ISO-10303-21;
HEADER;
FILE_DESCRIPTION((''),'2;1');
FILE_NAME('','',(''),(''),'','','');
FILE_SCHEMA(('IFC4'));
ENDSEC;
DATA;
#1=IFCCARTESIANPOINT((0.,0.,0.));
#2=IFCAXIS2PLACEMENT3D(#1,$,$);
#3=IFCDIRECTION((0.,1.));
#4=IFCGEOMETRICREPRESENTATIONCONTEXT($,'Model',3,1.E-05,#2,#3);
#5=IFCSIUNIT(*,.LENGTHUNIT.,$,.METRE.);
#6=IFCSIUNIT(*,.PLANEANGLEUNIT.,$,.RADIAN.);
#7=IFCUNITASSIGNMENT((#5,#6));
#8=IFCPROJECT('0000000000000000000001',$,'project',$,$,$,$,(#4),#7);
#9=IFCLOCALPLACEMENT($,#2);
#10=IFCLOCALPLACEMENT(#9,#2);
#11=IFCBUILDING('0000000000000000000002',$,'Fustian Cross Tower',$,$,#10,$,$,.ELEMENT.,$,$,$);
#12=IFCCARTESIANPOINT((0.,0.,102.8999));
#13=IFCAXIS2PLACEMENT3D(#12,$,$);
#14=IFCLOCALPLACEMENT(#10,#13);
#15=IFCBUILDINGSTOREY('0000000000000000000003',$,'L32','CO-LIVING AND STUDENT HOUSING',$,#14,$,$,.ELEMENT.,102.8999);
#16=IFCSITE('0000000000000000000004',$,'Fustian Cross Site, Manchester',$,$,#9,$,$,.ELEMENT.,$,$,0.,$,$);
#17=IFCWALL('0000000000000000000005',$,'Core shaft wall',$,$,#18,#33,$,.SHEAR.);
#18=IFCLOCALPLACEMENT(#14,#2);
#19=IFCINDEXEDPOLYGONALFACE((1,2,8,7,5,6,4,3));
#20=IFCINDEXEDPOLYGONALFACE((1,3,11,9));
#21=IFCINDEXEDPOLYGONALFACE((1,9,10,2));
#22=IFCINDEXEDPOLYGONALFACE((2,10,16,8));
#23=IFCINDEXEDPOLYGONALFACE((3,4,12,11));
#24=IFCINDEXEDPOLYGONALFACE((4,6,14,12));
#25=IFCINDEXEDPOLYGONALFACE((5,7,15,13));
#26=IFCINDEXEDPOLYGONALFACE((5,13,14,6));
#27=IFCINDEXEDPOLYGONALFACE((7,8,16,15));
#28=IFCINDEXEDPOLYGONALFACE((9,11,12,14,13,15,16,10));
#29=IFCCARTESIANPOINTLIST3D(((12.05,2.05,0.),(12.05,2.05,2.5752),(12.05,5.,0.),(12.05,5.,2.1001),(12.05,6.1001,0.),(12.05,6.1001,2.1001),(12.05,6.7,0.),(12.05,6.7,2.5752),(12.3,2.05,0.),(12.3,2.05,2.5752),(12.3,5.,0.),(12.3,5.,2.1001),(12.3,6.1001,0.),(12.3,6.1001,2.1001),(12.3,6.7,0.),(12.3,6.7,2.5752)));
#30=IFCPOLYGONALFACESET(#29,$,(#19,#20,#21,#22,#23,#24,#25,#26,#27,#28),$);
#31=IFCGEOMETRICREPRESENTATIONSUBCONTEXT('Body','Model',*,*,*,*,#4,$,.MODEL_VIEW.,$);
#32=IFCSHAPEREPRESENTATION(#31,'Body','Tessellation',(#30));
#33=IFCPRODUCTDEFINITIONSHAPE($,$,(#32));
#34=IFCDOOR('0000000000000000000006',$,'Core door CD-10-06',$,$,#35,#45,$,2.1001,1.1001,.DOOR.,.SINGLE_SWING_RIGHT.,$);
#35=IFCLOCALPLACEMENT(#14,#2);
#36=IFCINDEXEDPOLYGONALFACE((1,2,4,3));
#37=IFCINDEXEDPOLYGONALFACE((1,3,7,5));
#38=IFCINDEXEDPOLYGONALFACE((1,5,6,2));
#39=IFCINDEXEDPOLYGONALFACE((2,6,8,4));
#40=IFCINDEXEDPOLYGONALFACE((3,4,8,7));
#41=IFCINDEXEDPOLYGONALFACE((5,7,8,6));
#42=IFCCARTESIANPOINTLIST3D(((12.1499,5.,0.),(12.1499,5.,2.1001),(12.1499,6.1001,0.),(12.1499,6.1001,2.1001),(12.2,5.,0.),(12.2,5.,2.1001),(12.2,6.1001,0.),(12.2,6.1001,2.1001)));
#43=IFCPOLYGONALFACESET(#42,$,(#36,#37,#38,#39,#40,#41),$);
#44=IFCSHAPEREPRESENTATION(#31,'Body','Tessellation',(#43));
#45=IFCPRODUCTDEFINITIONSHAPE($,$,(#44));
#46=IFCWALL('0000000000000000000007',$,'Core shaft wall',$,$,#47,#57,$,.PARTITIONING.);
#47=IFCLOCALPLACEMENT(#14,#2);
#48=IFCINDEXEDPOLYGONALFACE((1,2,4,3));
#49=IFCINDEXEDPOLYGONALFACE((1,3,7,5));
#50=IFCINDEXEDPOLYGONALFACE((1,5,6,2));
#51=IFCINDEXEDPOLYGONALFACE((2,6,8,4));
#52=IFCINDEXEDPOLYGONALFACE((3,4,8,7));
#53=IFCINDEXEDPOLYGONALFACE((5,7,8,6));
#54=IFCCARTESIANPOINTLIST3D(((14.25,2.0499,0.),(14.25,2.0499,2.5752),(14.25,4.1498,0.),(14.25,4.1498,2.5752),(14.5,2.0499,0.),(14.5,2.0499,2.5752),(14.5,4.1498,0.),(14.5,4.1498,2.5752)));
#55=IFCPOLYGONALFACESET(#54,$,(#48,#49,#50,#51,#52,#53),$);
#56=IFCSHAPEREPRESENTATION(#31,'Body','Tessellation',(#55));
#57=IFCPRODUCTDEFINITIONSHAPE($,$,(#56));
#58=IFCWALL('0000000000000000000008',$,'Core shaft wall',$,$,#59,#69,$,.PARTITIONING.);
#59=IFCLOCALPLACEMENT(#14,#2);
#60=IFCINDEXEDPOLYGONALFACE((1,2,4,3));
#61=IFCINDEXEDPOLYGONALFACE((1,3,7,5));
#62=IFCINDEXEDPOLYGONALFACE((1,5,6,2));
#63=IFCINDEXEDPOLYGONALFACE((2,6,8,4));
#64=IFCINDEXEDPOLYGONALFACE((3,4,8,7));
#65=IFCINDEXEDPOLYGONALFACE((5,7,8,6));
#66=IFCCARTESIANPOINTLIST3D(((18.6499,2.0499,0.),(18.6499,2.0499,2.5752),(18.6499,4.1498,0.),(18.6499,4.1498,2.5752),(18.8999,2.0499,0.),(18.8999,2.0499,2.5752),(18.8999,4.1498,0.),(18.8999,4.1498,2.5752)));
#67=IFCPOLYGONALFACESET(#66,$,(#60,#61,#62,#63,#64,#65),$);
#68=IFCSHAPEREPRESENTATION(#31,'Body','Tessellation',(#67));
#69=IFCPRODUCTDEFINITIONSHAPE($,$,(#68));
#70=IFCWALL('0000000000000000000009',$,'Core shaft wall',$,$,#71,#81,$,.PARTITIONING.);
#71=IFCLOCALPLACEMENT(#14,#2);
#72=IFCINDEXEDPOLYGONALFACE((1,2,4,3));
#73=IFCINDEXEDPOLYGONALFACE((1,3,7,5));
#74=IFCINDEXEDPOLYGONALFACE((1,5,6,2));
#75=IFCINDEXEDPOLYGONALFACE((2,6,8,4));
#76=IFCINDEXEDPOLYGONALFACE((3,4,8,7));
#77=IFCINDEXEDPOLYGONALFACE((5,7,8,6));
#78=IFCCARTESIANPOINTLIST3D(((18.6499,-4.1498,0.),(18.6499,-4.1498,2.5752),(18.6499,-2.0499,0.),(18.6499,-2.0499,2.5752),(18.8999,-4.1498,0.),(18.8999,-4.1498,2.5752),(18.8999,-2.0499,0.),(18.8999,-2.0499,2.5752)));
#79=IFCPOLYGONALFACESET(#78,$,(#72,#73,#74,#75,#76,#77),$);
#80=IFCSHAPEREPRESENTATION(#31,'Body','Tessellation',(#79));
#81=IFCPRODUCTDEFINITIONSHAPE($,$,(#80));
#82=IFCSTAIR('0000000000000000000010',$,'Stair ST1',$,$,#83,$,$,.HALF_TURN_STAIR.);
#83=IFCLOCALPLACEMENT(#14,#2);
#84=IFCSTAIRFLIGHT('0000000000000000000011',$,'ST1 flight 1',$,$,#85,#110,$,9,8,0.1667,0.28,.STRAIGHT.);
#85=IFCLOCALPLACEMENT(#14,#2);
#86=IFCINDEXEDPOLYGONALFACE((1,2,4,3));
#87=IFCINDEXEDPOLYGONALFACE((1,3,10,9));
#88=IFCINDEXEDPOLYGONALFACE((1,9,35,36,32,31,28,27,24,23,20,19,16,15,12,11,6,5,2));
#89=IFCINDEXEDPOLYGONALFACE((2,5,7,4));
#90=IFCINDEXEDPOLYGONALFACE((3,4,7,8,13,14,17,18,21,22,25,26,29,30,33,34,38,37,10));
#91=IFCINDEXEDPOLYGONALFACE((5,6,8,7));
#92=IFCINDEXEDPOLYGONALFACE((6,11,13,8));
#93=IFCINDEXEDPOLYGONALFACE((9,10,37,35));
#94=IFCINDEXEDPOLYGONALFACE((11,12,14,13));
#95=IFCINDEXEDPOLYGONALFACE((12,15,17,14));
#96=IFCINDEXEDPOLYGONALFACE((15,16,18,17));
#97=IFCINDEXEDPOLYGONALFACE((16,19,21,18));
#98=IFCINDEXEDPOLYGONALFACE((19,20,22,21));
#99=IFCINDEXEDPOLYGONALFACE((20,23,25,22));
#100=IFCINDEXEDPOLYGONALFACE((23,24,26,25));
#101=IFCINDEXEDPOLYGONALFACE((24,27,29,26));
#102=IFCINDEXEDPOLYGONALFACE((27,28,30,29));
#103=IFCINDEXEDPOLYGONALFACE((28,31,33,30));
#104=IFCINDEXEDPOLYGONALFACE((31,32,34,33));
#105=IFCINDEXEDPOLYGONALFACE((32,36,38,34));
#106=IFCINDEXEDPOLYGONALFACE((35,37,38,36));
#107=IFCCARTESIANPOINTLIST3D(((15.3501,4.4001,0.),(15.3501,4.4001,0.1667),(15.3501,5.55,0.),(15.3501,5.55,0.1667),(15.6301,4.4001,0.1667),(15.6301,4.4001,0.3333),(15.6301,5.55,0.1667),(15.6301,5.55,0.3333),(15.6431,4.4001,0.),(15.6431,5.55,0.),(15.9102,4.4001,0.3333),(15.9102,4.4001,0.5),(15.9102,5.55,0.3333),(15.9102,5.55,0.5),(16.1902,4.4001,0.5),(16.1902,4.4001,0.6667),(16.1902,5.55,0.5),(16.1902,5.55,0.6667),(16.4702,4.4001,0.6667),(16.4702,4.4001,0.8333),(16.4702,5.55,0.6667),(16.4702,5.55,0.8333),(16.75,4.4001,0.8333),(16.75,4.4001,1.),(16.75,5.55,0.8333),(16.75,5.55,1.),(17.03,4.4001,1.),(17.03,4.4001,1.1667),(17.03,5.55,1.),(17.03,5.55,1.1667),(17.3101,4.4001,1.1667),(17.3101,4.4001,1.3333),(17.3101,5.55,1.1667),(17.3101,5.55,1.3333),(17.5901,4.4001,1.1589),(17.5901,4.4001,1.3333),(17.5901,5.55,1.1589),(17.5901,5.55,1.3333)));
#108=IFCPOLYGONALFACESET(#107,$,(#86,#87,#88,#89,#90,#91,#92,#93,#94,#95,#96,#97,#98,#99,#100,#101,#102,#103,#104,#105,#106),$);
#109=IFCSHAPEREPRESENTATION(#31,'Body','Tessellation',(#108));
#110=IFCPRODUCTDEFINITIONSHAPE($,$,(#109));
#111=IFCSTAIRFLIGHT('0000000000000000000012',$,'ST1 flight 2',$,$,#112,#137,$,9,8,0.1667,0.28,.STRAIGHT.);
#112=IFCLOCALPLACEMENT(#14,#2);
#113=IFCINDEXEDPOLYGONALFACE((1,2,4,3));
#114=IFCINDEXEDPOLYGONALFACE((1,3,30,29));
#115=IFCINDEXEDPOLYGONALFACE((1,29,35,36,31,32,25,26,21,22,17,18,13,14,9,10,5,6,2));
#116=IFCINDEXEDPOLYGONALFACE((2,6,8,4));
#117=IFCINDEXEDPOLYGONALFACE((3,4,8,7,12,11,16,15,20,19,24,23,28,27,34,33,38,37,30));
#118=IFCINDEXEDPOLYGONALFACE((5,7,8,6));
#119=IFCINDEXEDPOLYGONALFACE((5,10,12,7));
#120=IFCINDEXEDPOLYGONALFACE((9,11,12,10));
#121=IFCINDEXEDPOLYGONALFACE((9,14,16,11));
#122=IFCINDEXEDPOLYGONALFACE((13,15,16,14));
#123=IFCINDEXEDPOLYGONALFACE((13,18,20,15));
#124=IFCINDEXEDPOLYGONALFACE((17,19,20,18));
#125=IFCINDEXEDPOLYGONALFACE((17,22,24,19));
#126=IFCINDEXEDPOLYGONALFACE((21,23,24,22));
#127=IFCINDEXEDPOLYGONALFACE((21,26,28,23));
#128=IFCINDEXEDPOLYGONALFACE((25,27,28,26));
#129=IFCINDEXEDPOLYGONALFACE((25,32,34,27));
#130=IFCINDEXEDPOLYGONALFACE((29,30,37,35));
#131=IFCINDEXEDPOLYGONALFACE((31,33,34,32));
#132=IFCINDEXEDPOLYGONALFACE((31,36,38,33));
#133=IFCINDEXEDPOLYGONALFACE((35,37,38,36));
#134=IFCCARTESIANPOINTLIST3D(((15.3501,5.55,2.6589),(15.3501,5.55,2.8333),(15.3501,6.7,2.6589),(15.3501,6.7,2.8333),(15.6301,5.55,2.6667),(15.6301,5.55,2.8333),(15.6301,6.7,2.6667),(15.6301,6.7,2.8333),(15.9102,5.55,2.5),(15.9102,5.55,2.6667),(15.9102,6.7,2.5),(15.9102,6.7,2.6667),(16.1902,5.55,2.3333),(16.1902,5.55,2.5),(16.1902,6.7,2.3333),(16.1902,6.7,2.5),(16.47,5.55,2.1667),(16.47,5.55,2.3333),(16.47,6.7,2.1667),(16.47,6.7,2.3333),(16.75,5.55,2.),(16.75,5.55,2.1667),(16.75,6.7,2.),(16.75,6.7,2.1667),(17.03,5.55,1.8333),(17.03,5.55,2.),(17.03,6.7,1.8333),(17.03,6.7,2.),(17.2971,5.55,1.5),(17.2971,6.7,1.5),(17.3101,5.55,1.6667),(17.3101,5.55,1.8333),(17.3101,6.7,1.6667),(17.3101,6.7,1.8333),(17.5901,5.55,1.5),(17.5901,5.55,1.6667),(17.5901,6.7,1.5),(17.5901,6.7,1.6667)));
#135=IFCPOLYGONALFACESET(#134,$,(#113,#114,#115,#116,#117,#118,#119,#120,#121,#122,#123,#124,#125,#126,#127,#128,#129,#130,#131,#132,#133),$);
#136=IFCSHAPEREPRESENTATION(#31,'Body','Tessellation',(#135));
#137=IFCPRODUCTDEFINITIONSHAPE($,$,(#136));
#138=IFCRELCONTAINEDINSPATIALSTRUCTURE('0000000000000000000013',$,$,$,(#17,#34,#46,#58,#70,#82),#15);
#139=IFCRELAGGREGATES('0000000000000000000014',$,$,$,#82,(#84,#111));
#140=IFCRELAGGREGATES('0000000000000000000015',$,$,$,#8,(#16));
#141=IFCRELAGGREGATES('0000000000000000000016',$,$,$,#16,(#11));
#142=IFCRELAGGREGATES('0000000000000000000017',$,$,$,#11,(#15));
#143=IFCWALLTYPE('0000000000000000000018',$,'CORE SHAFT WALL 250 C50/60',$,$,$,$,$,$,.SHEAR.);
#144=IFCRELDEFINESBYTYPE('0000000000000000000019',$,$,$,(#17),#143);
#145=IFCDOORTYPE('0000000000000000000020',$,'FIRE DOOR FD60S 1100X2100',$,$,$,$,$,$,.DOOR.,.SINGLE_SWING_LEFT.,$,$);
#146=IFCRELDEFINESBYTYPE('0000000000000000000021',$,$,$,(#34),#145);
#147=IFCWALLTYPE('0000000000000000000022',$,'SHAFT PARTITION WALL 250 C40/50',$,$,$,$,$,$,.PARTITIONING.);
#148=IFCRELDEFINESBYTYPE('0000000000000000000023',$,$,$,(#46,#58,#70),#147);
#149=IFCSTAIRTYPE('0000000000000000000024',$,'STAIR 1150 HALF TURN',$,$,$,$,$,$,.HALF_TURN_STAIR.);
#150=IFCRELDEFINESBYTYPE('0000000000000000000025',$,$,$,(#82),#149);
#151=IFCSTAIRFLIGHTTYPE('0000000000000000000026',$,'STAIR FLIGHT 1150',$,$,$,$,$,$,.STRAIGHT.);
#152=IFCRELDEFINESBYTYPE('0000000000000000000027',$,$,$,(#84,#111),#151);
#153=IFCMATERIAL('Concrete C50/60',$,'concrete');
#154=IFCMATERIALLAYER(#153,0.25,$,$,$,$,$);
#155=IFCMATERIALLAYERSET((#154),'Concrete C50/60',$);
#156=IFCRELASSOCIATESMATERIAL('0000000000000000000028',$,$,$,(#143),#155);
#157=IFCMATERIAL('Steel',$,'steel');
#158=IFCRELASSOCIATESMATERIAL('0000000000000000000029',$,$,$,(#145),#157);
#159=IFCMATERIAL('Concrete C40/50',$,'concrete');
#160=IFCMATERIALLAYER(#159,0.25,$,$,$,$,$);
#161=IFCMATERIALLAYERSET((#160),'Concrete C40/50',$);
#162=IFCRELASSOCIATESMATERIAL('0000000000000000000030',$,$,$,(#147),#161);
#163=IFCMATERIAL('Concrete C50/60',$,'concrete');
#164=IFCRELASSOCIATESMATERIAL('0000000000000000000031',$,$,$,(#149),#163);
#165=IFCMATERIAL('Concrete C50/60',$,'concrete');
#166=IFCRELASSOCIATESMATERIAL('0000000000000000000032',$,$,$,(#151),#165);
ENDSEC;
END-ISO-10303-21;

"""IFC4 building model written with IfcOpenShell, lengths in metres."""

from ifc_helpers import new_model, si_unit, direction, frame, frame_2d, origin, place, context, subcontext, project, spatial, polyline, rectangle, outline, extrude, material, layer, layer_set, type_object, element, fill, aggregate, save


model = new_model("IFC4")

# Units and contexts
model_context = context("Model", 3, precision=1e-05, world=origin(), true_north=direction((0.0, 1.0)))
body_context = subcontext(model_context, "Body", "Model", "MODEL_VIEW")
ifc_project = project(units=[si_unit("LENGTHUNIT", "METRE"), si_unit("PLANEANGLEUNIT", "RADIAN")], contexts=[model_context])

# Site, building, storey
site_placement = place(None, origin())
site = spatial("IfcSite", under=ifc_project, at=site_placement, Name="Fustian Cross Site, Manchester", CompositionType="ELEMENT", RefElevation=0.0)
building_placement = place(site_placement, origin())
building = spatial("IfcBuilding", under=site, at=building_placement, Name="Fustian Cross Tower", CompositionType="ELEMENT")
storey_placement = place(building_placement, frame((0.0, 0.0, 102.8999)))
storey = spatial("IfcBuildingStorey", under=building, at=storey_placement, Name="L32", Description="CO-LIVING AND STUDENT HOUSING", CompositionType="ELEMENT", Elevation=102.8999)

# Shared definitions
ifc_material_1 = material(Name="Concrete C50/60", Category="concrete")
ifc_layer_1 = layer(ifc_material_1, 0.25)
ifc_layer_set_1 = layer_set([ifc_layer_1], Name="Concrete C50/60")
wall_type_1 = type_object("IfcWallType", Name="CORE SHAFT WALL 250 C50/60", PredefinedType="SHEAR", material=ifc_layer_set_1)

# Wall, opening, door
wall_1_placement = place(storey_placement, frame((12.175, 2.05, 0.0), z_axis=(0.0, 0.0, 1.0), x_axis=(0.0, 1.0, 0.0)))
wall_1 = element("IfcWall", 1, at=wall_1_placement, inside=storey, type_object=wall_type_1, Name="Core shaft wall", PredefinedType="SHEAR", context=body_context, shape_type="SweptSolid", body=[
    extrude(rectangle(XDim=4.6499, YDim=0.25, at=frame_2d((2.325, 0.0))), origin(), (0.0, 0.0, 1.0), 2.5752),
])
opening_1_placement = place(wall_1_placement, frame((2.95, 0.0, 0.0)))
opening_1 = element("IfcOpeningElement", 2, at=opening_1_placement, cuts=wall_1, PredefinedType="OPENING", context=body_context, shape_type="SweptSolid", body=[
    extrude(rectangle(XDim=1.1001, YDim=2.1001, at=frame_2d((0.55, 1.05))), frame((0.0, 0.135, 0.0), z_axis=(0.0, -1.0, 0.0), x_axis=(1.0, 0.0, 0.0)), (0.0, 0.0, 1.0), 0.27),
])
ifc_material_2 = material(Name="Steel", Category="steel")
door_type_1 = type_object("IfcDoorType", Name="FIRE DOOR FD60S 1100X2100", OperationType="SINGLE_SWING_LEFT", PredefinedType="DOOR", material=ifc_material_2)
door_1_placement = place(opening_1_placement, frame((1.1001, 0.0, 0.0), z_axis=(0.0, 0.0, 1.0), x_axis=(-1.0, 0.0, 0.0)))
door_1 = element("IfcDoor", 3, at=door_1_placement, inside=storey, type_object=door_type_1, Name="Core door CD-10-06", OperationType="SINGLE_SWING_RIGHT", OverallHeight=2.1001, OverallWidth=1.1001, PredefinedType="DOOR", context=body_context, shape_type="SweptSolid", body=[
    extrude(rectangle(XDim=1.1001, YDim=2.1001, at=frame_2d((0.55, 1.05))), frame((0.0, 0.0249, 0.0), z_axis=(0.0, -1.0, 0.0), x_axis=(1.0, 0.0, 0.0)), (0.0, 0.0, 1.0), 0.05),
])
fill(opening_1, door_1)

# Walls
ifc_material_3 = material(Name="Concrete C40/50", Category="concrete")
ifc_layer_2 = layer(ifc_material_3, 0.25)
ifc_layer_set_2 = layer_set([ifc_layer_2], Name="Concrete C40/50")
wall_type_2 = type_object("IfcWallType", Name="SHAFT PARTITION WALL 250 C40/50", PredefinedType="PARTITIONING", material=ifc_layer_set_2)
for number, where, z_axis, x_axis, name in (
    (4, (14.375, 2.05, 0.0), (0.0, 0.0, 1.0), (0.0, 1.0, 0.0), "Core shaft wall"),
    (5, (18.7749, 2.05, 0.0), (0.0, 0.0, 1.0), (0.0, 1.0, 0.0), "Core shaft wall"),
    (6, (18.7749, -2.05, 0.0), (0.0, 0.0, 1.0), (0.0, -1.0, 0.0), "Core shaft wall"),
):
    element("IfcWall", number, at=place(storey_placement, frame(where, z_axis=z_axis, x_axis=x_axis)), inside=storey, type_object=wall_type_2, Name=name, PredefinedType="PARTITIONING", context=body_context, shape_type="SweptSolid", body=[
        extrude(rectangle(XDim=2.0999, YDim=0.25, at=frame_2d((1.0498, 0.0))), origin(), (0.0, 0.0, 1.0), 2.5752),
    ])

# Stair, stair flights
ifc_material_4 = material(Name="Concrete C50/60", Category="concrete")
stair_type = type_object("IfcStairType", Name="STAIR 1150 HALF TURN", PredefinedType="HALF_TURN_STAIR", material=ifc_material_4)
stair_placement = place(storey_placement, origin())
stair = element("IfcStair", 7, at=stair_placement, inside=storey, type_object=stair_type, Name="Stair ST1", PredefinedType="HALF_TURN_STAIR")
ifc_material_5 = material(Name="Concrete C50/60", Category="concrete")
stair_flight_type = type_object("IfcStairFlightType", Name="STAIR FLIGHT 1150", PredefinedType="STRAIGHT", material=ifc_material_5)
stair_flight_1_placement = place(storey_placement, frame((15.3501, 4.9751, 0.0), z_axis=(0.0, 0.0, 1.0), x_axis=(1.0, 0.0, 0.0)))
stair_flight_1 = element("IfcStairFlight", 8, at=stair_flight_1_placement, type_object=stair_flight_type, Name="ST1 flight 1", NumberOfRisers=9, NumberOfTreads=8, PredefinedType="STRAIGHT", RiserHeight=0.1667, TreadLength=0.28, context=body_context, shape_type="SweptSolid", body=[
    extrude(outline(polyline([(0.0, 0.0), (0.0, 0.1667), (0.28, 0.1667), (0.28, 0.3333), (0.5601, 0.3333), (0.5601, 0.5), (0.8401, 0.5), (0.8401, 0.6667), (1.1201, 0.6667), (1.1201, 0.8333), (1.3999, 0.8333), (1.3999, 1.0), (1.6799, 1.0), (1.6799, 1.1667), (1.96, 1.1667), (1.96, 1.3333), (2.24, 1.3333), (2.24, 1.5), (2.24, 1.1589), (0.293, 0.0), (0.0, 0.0)])), frame((0.0, 0.575, 0.0), z_axis=(0.0, -1.0, 0.0), x_axis=(1.0, 0.0, 0.0)), (0.0, 0.0, 1.0), 1.1499),
])
stair_flight_2_placement = place(storey_placement, frame((17.5901, 6.125, 1.5), z_axis=(0.0, 0.0, 1.0), x_axis=(-1.0, 0.0, 0.0)))
stair_flight_2 = element("IfcStairFlight", 9, at=stair_flight_2_placement, type_object=stair_flight_type, Name="ST1 flight 2", NumberOfRisers=9, NumberOfTreads=8, PredefinedType="STRAIGHT", RiserHeight=0.1667, TreadLength=0.28, context=body_context, shape_type="SweptSolid", body=[
    extrude(outline(polyline([(0.0, 0.0), (0.0, 0.1667), (0.28, 0.1667), (0.28, 0.3333), (0.5601, 0.3333), (0.5601, 0.5), (0.8401, 0.5), (0.8401, 0.6667), (1.1201, 0.6667), (1.1201, 0.8333), (1.3999, 0.8333), (1.3999, 1.0), (1.6799, 1.0), (1.6799, 1.1667), (1.96, 1.1667), (1.96, 1.3333), (2.24, 1.3333), (2.24, 1.5), (2.24, 1.1589), (0.293, 0.0), (0.0, 0.0)])), frame((0.0, 0.575, 0.0), z_axis=(0.0, -1.0, 0.0), x_axis=(1.0, 0.0, 0.0)), (0.0, 0.0, 1.0), 1.1499),
])
aggregate(stair, [stair_flight_1, stair_flight_2])

save(model, "model.ifc")
